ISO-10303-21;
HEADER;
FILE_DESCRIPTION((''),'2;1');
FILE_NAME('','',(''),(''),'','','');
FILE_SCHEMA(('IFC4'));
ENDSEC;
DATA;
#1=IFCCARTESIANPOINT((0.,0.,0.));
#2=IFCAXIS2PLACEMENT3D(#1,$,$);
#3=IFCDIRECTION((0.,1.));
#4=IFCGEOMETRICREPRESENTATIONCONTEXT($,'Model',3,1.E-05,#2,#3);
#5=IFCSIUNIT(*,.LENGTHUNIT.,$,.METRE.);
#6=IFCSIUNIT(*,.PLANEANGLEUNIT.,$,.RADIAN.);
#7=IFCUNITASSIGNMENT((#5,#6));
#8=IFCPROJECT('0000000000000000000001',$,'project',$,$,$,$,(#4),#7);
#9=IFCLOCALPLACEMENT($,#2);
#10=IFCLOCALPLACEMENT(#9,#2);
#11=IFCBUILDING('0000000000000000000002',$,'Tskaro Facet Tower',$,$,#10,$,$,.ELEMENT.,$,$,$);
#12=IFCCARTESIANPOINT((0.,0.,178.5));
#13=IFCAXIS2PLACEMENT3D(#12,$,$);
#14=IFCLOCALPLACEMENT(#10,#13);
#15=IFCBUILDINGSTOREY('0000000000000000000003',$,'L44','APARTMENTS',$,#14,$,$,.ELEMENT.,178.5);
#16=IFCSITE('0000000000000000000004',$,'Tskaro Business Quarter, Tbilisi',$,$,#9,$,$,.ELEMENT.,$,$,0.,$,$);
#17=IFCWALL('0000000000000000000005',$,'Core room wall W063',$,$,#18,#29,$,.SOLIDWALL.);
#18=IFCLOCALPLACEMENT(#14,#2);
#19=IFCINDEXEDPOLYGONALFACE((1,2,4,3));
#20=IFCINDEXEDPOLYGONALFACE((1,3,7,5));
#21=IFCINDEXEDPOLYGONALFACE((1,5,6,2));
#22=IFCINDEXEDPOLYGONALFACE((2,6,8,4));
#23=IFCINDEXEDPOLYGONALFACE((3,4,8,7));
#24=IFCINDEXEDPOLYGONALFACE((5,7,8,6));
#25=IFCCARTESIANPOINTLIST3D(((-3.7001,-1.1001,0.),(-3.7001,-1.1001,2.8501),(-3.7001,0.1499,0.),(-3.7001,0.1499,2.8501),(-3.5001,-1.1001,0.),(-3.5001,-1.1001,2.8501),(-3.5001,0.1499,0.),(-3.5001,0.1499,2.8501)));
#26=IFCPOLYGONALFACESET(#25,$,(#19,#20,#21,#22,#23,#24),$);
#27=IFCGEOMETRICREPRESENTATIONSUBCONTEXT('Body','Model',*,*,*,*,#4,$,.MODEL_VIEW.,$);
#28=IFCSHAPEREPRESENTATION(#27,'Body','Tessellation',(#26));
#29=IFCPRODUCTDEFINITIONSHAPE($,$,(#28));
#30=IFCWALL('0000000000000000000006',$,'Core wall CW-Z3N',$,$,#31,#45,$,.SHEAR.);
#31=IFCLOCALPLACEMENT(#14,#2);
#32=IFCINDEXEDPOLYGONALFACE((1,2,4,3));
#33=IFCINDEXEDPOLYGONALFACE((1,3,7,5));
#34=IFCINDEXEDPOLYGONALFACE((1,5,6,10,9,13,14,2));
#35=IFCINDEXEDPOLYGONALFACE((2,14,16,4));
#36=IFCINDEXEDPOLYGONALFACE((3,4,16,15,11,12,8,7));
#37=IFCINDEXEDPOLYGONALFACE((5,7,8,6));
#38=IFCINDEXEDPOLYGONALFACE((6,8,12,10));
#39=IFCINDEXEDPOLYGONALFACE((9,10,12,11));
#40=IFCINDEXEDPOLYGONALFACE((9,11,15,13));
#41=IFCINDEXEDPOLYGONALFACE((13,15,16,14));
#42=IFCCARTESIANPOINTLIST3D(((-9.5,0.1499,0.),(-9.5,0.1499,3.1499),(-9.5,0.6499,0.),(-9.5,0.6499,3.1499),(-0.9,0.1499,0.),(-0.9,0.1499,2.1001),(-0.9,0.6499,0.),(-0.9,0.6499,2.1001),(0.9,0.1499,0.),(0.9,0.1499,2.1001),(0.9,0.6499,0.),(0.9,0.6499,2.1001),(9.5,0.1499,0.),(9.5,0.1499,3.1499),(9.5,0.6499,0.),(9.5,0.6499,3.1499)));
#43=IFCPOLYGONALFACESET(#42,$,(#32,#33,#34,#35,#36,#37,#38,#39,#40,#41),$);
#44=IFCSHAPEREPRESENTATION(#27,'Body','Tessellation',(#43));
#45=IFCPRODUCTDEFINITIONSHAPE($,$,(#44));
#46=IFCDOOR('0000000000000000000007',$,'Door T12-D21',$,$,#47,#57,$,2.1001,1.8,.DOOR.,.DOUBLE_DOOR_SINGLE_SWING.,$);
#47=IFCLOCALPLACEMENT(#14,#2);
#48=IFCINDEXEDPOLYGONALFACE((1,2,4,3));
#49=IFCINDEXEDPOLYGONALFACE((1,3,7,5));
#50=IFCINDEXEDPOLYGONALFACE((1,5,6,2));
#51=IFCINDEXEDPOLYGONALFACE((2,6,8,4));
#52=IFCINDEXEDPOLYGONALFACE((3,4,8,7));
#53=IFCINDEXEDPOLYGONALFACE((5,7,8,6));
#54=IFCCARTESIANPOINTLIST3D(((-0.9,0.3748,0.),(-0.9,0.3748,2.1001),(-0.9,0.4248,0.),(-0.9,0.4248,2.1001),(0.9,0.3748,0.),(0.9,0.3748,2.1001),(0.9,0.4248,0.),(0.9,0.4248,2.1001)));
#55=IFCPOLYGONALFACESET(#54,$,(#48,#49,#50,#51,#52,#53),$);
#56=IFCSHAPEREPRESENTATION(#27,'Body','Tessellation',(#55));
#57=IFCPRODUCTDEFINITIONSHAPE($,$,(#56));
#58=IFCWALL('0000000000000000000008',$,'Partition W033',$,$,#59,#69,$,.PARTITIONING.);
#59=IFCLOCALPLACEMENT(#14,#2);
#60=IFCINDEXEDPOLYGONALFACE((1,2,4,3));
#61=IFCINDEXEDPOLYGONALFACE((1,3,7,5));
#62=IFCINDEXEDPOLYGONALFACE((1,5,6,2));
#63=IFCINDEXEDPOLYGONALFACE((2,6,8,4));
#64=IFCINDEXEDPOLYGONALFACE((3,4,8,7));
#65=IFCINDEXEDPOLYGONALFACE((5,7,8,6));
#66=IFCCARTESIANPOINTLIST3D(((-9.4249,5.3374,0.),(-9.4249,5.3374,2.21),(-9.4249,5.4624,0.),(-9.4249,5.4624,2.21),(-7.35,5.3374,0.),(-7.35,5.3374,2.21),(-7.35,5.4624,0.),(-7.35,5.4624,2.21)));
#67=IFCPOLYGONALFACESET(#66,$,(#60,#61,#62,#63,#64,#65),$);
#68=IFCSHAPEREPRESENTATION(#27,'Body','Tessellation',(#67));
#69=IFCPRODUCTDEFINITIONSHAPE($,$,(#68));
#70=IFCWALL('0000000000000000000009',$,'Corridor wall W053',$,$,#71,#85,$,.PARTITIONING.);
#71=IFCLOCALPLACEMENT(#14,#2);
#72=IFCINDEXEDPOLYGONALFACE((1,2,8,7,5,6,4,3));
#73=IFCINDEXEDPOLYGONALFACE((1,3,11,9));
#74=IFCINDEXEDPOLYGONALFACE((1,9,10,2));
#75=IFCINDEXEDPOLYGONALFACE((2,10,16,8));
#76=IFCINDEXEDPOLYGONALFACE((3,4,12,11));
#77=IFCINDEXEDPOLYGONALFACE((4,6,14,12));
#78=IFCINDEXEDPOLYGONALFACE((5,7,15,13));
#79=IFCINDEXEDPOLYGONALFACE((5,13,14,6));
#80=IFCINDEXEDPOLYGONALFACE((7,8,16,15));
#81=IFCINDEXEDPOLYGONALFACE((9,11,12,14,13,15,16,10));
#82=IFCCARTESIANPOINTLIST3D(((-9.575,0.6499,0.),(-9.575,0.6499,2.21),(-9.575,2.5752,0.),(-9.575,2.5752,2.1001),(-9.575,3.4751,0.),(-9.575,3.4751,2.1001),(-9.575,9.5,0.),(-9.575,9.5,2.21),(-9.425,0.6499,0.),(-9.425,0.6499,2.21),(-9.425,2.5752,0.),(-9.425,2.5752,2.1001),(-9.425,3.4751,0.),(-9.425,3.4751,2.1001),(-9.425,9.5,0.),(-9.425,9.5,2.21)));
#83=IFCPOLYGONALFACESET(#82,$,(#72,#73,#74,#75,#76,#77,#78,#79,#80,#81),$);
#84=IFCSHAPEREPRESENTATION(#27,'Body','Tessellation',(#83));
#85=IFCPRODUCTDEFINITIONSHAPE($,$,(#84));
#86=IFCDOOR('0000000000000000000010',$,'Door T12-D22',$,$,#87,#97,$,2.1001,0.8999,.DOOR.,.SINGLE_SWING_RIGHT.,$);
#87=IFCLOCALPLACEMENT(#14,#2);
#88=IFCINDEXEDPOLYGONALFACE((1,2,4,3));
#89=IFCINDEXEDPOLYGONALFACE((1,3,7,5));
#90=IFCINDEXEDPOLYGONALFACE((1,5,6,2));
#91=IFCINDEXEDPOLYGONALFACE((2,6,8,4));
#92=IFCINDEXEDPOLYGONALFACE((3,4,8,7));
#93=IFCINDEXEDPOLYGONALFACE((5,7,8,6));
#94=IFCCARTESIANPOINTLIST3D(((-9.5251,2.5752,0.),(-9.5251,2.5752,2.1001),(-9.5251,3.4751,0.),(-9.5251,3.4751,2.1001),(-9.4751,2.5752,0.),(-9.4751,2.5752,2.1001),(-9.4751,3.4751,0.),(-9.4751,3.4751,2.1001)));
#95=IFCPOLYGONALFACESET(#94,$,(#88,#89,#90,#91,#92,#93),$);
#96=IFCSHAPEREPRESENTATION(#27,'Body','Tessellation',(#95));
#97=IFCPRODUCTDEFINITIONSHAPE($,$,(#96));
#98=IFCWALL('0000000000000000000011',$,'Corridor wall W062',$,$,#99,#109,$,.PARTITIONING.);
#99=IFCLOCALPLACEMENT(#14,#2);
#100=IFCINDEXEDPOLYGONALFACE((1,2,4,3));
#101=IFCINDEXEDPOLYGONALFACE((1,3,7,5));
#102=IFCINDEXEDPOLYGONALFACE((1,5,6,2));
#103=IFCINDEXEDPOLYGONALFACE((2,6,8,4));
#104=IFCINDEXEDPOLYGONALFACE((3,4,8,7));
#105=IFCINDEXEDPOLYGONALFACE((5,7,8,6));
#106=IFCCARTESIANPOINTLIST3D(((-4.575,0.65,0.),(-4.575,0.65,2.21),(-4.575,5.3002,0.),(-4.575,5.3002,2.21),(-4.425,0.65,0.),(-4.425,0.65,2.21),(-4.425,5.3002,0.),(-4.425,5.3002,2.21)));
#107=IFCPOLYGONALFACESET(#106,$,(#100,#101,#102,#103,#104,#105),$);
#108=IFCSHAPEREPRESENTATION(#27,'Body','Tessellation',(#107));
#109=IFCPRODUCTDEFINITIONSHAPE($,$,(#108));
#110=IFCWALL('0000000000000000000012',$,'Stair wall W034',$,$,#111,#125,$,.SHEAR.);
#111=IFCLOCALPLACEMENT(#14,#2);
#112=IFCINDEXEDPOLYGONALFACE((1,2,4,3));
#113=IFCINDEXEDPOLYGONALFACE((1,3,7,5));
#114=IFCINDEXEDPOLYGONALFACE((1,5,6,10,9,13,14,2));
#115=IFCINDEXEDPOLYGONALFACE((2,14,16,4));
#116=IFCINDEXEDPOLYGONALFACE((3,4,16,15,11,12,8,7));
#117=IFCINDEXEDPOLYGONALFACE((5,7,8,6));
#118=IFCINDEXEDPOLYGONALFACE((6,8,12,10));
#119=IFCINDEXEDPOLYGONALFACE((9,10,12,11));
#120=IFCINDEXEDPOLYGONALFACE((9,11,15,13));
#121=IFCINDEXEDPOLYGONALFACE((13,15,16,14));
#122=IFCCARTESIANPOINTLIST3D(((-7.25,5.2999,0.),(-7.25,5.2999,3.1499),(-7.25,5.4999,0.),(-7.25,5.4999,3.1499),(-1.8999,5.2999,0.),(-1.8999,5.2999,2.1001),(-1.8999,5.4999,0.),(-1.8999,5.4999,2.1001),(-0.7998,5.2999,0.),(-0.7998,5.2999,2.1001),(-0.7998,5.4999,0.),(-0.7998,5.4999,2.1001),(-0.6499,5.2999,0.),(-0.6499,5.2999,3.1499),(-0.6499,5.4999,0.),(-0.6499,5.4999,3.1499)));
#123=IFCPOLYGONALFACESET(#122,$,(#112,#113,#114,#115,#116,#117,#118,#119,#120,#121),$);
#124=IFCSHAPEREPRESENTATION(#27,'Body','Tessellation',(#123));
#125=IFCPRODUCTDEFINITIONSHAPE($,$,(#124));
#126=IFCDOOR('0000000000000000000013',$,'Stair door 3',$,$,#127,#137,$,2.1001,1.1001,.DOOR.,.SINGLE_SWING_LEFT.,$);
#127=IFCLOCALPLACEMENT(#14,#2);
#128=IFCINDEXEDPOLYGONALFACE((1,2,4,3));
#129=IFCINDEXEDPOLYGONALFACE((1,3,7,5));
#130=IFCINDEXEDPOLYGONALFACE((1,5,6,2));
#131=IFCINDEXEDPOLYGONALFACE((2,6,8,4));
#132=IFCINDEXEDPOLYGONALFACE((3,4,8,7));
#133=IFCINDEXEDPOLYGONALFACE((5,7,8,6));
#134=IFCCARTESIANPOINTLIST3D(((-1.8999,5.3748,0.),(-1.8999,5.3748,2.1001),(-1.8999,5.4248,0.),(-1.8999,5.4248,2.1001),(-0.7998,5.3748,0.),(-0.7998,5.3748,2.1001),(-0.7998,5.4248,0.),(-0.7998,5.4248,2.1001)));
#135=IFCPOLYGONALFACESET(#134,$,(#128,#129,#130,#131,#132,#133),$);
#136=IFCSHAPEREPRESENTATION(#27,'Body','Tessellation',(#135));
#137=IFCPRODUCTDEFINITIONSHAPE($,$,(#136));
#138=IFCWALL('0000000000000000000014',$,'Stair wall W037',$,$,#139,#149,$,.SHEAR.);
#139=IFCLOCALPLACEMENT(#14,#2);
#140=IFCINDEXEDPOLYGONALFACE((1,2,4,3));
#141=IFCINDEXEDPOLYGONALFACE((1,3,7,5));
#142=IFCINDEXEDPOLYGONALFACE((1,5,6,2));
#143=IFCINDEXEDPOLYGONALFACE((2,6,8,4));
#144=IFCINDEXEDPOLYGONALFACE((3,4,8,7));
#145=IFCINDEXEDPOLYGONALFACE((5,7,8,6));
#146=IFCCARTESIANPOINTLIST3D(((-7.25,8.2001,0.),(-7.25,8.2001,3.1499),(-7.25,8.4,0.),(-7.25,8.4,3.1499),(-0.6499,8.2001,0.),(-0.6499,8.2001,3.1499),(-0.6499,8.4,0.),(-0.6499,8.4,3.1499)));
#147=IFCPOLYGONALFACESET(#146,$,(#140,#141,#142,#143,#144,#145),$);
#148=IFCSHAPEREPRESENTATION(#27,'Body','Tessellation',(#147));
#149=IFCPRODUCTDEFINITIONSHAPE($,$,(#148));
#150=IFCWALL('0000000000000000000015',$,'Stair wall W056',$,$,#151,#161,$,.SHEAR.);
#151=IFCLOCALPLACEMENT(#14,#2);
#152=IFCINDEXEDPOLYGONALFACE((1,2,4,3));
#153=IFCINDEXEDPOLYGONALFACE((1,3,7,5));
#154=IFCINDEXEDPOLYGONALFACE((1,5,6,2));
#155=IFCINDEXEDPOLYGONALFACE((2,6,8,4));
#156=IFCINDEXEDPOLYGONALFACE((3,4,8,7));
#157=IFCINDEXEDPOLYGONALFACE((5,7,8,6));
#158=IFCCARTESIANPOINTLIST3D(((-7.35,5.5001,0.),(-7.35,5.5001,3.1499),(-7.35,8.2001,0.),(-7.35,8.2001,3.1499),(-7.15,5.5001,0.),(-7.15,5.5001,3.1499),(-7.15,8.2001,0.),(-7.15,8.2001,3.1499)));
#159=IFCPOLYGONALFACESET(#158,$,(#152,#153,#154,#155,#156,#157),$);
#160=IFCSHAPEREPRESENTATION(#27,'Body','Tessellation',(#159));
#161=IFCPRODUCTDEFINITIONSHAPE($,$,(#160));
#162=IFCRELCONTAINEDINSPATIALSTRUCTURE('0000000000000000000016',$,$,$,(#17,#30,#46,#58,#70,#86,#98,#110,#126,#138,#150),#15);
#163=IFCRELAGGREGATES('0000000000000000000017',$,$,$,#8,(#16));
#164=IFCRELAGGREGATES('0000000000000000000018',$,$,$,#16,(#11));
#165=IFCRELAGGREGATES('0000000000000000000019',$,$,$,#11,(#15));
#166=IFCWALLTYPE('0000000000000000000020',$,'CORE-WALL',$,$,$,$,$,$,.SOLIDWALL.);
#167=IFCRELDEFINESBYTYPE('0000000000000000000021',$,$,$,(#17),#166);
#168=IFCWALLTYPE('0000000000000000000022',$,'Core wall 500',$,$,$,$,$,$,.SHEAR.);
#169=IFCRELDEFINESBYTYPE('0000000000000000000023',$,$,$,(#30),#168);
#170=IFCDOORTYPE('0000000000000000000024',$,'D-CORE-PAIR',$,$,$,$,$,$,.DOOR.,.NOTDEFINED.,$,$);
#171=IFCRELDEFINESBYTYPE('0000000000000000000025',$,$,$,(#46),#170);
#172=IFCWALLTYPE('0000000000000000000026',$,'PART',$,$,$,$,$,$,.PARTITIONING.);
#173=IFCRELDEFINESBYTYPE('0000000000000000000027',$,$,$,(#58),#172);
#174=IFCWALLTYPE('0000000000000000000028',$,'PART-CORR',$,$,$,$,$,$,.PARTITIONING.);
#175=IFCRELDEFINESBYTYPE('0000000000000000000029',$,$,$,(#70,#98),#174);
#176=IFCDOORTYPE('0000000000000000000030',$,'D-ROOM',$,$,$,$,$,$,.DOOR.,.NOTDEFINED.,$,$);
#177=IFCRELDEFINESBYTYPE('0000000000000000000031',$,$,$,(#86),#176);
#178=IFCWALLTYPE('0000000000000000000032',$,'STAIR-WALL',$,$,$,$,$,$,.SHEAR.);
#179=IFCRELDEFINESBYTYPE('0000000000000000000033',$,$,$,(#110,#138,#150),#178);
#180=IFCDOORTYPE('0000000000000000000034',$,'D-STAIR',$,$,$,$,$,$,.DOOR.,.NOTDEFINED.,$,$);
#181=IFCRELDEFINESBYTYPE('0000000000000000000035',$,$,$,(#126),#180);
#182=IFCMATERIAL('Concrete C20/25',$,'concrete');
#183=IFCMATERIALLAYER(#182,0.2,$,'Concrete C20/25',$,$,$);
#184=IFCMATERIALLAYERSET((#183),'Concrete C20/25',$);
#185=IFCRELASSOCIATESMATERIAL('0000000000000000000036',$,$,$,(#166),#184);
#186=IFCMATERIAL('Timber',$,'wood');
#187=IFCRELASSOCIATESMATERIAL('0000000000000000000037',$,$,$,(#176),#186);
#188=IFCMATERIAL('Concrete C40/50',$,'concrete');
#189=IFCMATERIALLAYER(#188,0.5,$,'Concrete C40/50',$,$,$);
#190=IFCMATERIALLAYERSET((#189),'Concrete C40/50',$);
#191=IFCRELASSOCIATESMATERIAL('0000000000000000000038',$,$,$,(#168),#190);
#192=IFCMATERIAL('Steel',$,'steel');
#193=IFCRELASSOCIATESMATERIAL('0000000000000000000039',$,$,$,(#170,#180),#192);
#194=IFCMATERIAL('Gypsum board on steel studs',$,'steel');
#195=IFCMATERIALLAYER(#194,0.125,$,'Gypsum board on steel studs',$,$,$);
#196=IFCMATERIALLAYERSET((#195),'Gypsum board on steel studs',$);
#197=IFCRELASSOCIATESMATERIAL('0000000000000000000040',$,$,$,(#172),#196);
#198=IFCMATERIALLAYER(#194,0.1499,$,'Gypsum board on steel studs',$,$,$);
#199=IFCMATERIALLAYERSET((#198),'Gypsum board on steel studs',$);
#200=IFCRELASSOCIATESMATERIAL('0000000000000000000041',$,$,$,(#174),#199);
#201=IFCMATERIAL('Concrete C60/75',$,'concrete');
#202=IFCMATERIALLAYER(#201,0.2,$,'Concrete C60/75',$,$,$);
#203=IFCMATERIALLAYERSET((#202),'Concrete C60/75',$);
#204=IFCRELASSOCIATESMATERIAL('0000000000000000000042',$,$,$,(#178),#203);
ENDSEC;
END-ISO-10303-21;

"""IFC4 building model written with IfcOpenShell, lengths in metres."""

from ifc_helpers import new_model, si_unit, direction, frame, frame_2d, origin, place, context, subcontext, project, spatial, rectangle, extrude, material, layer, layer_set, type_object, element, fill, save


model = new_model("IFC4")

# Units and contexts
model_context = context("Model", 3, precision=1e-05, world=origin(), true_north=direction((0.0, 1.0)))
body_context = subcontext(model_context, "Body", "Model", "MODEL_VIEW")
ifc_project = project(units=[si_unit("LENGTHUNIT", "METRE"), si_unit("PLANEANGLEUNIT", "RADIAN")], contexts=[model_context])

# Site, building, storey
site_placement = place(None, origin())
site = spatial("IfcSite", under=ifc_project, at=site_placement, Name="Tskaro Business Quarter, Tbilisi", CompositionType="ELEMENT", RefElevation=0.0)
building_placement = place(site_placement, origin())
building = spatial("IfcBuilding", under=site, at=building_placement, Name="Tskaro Facet Tower", CompositionType="ELEMENT")
storey_placement = place(building_placement, frame((0.0, 0.0, 178.5)))
storey = spatial("IfcBuildingStorey", under=building, at=storey_placement, Name="L44", Description="APARTMENTS", CompositionType="ELEMENT", Elevation=178.5)

# Shared definitions
ifc_material_1 = material(Name="Concrete C20/25", Category="concrete")
ifc_layer_1 = layer(ifc_material_1, 0.2, Name="Concrete C20/25")
ifc_layer_set_1 = layer_set([ifc_layer_1], Name="Concrete C20/25")
wall_type_1 = type_object("IfcWallType", Name="CORE-WALL", PredefinedType="SOLIDWALL", material=ifc_layer_set_1)
ifc_material_2 = material(Name="Timber", Category="wood")
door_type_1 = type_object("IfcDoorType", Name="D-ROOM", OperationType="NOTDEFINED", PredefinedType="DOOR", material=ifc_material_2)

# Wall
for number, where, z_axis, x_axis, name in (
    (1, (-3.6001, -1.1001, 0.0), (0.0, 0.0, 1.0), (0.0, 1.0, 0.0), "Core room wall W063"),
):
    element("IfcWall", number, at=place(storey_placement, frame(where, z_axis=z_axis, x_axis=x_axis)), inside=storey, type_object=wall_type_1, Name=name, PredefinedType="SOLIDWALL", context=body_context, shape_type="SweptSolid", body=[
        extrude(rectangle(XDim=1.25, YDim=0.2, at=frame_2d((0.625, 0.0))), origin(), (0.0, 0.0, 1.0), 2.8501),
    ])

# Wall, opening, door
ifc_material_3 = material(Name="Concrete C40/50", Category="concrete")
ifc_layer_2 = layer(ifc_material_3, 0.5, Name="Concrete C40/50")
ifc_layer_set_2 = layer_set([ifc_layer_2], Name="Concrete C40/50")
wall_type_2 = type_object("IfcWallType", Name="Core wall 500", PredefinedType="SHEAR", material=ifc_layer_set_2)
wall_1_placement = place(storey_placement, frame((-9.5, 0.3999, 0.0), z_axis=(0.0, 0.0, 1.0), x_axis=(1.0, 0.0, 0.0)))
wall_1 = element("IfcWall", 2, at=wall_1_placement, inside=storey, type_object=wall_type_2, Name="Core wall CW-Z3N", PredefinedType="SHEAR", context=body_context, shape_type="SweptSolid", body=[
    extrude(rectangle(XDim=19.0, YDim=0.5, at=frame_2d((9.5, 0.0))), origin(), (0.0, 0.0, 1.0), 3.1499),
])
opening_1_placement = place(wall_1_placement, frame((8.6001, 0.0, 0.0)))
opening_1 = element("IfcOpeningElement", 3, at=opening_1_placement, cuts=wall_1, PredefinedType="OPENING", context=body_context, shape_type="SweptSolid", body=[
    extrude(rectangle(XDim=1.8, YDim=2.1001, at=frame_2d((0.8999, 1.05))), frame((0.0, 0.26, 0.0), z_axis=(0.0, -1.0, 0.0), x_axis=(1.0, 0.0, 0.0)), (0.0, 0.0, 1.0), 0.52),
])
ifc_material_4 = material(Name="Steel", Category="steel")
door_type_2 = type_object("IfcDoorType", Name="D-CORE-PAIR", OperationType="NOTDEFINED", PredefinedType="DOOR", material=ifc_material_4)
door_1_placement = place(opening_1_placement, origin())
door_1 = element("IfcDoor", 4, at=door_1_placement, inside=storey, type_object=door_type_2, Name="Door T12-D21", OperationType="DOUBLE_DOOR_SINGLE_SWING", OverallHeight=2.1001, OverallWidth=1.8, PredefinedType="DOOR", context=body_context, shape_type="SweptSolid", body=[
    extrude(rectangle(XDim=1.8, YDim=2.1001, at=frame_2d((0.8999, 1.05))), frame((0.0, 0.0249, 0.0), z_axis=(0.0, -1.0, 0.0), x_axis=(1.0, 0.0, 0.0)), (0.0, 0.0, 1.0), 0.05),
])
fill(opening_1, door_1)

# Wall
ifc_material_5 = material(Name="Gypsum board on steel studs", Category="steel")
ifc_layer_3 = layer(ifc_material_5, 0.125, Name="Gypsum board on steel studs")
ifc_layer_set_3 = layer_set([ifc_layer_3], Name="Gypsum board on steel studs")
wall_type_3 = type_object("IfcWallType", Name="PART", PredefinedType="PARTITIONING", material=ifc_layer_set_3)
wall_2_placement = place(storey_placement, frame((-9.425, 5.3999, 0.0), z_axis=(0.0, 0.0, 1.0), x_axis=(1.0, 0.0, 0.0)))
element("IfcWall", 5, at=wall_2_placement, inside=storey, type_object=wall_type_3, Name="Partition W033", PredefinedType="PARTITIONING", context=body_context, shape_type="SweptSolid", body=[
    extrude(rectangle(XDim=2.075, YDim=0.125, at=frame_2d((1.0376, 0.0))), origin(), (0.0, 0.0, 1.0), 2.21),
])

# Wall, opening, door
ifc_layer_4 = layer(ifc_material_5, 0.1499, Name="Gypsum board on steel studs")
ifc_layer_set_4 = layer_set([ifc_layer_4], Name="Gypsum board on steel studs")
wall_type_4 = type_object("IfcWallType", Name="PART-CORR", PredefinedType="PARTITIONING", material=ifc_layer_set_4)
wall_3_placement = place(storey_placement, frame((-9.5, 9.5, 0.0), z_axis=(0.0, 0.0, 1.0), x_axis=(0.0, -1.0, 0.0)))
wall_3 = element("IfcWall", 6, at=wall_3_placement, inside=storey, type_object=wall_type_4, Name="Corridor wall W053", PredefinedType="PARTITIONING", context=body_context, shape_type="SweptSolid", body=[
    extrude(rectangle(XDim=8.8501, YDim=0.1499, at=frame_2d((4.425, 0.0))), origin(), (0.0, 0.0, 1.0), 2.21),
])
opening_2_placement = place(wall_3_placement, frame((6.0249, 0.0, 0.0)))
opening_2 = element("IfcOpeningElement", 7, at=opening_2_placement, cuts=wall_3, PredefinedType="OPENING", context=body_context, shape_type="SweptSolid", body=[
    extrude(rectangle(XDim=0.8999, YDim=2.1001, at=frame_2d((0.45, 1.05))), frame((0.0, 0.085, 0.0), z_axis=(0.0, -1.0, 0.0), x_axis=(1.0, 0.0, 0.0)), (0.0, 0.0, 1.0), 0.1699),
])
door_2_placement = place(opening_2_placement, origin())
door_2 = element("IfcDoor", 8, at=door_2_placement, inside=storey, type_object=door_type_1, Name="Door T12-D22", OperationType="SINGLE_SWING_RIGHT", OverallHeight=2.1001, OverallWidth=0.8999, PredefinedType="DOOR", context=body_context, shape_type="SweptSolid", body=[
    extrude(rectangle(XDim=0.8999, YDim=2.1001, at=frame_2d((0.45, 1.05))), frame((0.0, 0.0249, 0.0), z_axis=(0.0, -1.0, 0.0), x_axis=(1.0, 0.0, 0.0)), (0.0, 0.0, 1.0), 0.05),
])
fill(opening_2, door_2)

# Wall
wall_4_placement = place(storey_placement, frame((-4.5, 0.6499, 0.0), z_axis=(0.0, 0.0, 1.0), x_axis=(0.0, 1.0, 0.0)))
element("IfcWall", 9, at=wall_4_placement, inside=storey, type_object=wall_type_4, Name="Corridor wall W062", PredefinedType="PARTITIONING", context=body_context, shape_type="SweptSolid", body=[
    extrude(rectangle(XDim=4.6501, YDim=0.1499, at=frame_2d((2.3252, 0.0))), origin(), (0.0, 0.0, 1.0), 2.21),
])

# Wall, opening, door
ifc_material_6 = material(Name="Concrete C60/75", Category="concrete")
ifc_layer_5 = layer(ifc_material_6, 0.2, Name="Concrete C60/75")
ifc_layer_set_5 = layer_set([ifc_layer_5], Name="Concrete C60/75")
wall_type_5 = type_object("IfcWallType", Name="STAIR-WALL", PredefinedType="SHEAR", material=ifc_layer_set_5)
wall_5_placement = place(storey_placement, frame((-7.25, 5.3999, 0.0), z_axis=(0.0, 0.0, 1.0), x_axis=(1.0, 0.0, 0.0)))
wall_5 = element("IfcWall", 10, at=wall_5_placement, inside=storey, type_object=wall_type_5, Name="Stair wall W034", PredefinedType="SHEAR", context=body_context, shape_type="SweptSolid", body=[
    extrude(rectangle(XDim=6.6001, YDim=0.2, at=frame_2d((3.3, 0.0))), origin(), (0.0, 0.0, 1.0), 3.1499),
])
opening_3_placement = place(wall_5_placement, frame((5.3501, 0.0, 0.0)))
opening_3 = element("IfcOpeningElement", 11, at=opening_3_placement, cuts=wall_5, PredefinedType="OPENING", context=body_context, shape_type="SweptSolid", body=[
    extrude(rectangle(XDim=1.1001, YDim=2.1001, at=frame_2d((0.55, 1.05))), frame((0.0, 0.1099, 0.0), z_axis=(0.0, -1.0, 0.0), x_axis=(1.0, 0.0, 0.0)), (0.0, 0.0, 1.0), 0.22),
])
door_type_3 = type_object("IfcDoorType", Name="D-STAIR", OperationType="NOTDEFINED", PredefinedType="DOOR", material=ifc_material_4)
door_3_placement = place(opening_3_placement, origin())
door_3 = element("IfcDoor", 12, at=door_3_placement, inside=storey, type_object=door_type_3, Name="Stair door 3", OperationType="SINGLE_SWING_LEFT", OverallHeight=2.1001, OverallWidth=1.1001, PredefinedType="DOOR", context=body_context, shape_type="SweptSolid", body=[
    extrude(rectangle(XDim=1.1001, YDim=2.1001, at=frame_2d((0.55, 1.05))), frame((0.0, 0.0249, 0.0), z_axis=(0.0, -1.0, 0.0), x_axis=(1.0, 0.0, 0.0)), (0.0, 0.0, 1.0), 0.05),
])
fill(opening_3, door_3)

# Walls
wall_6_placement = place(storey_placement, frame((-7.25, 8.3, 0.0), z_axis=(0.0, 0.0, 1.0), x_axis=(1.0, 0.0, 0.0)))
element("IfcWall", 13, at=wall_6_placement, inside=storey, type_object=wall_type_5, Name="Stair wall W037", PredefinedType="SHEAR", context=body_context, shape_type="SweptSolid", body=[
    extrude(rectangle(XDim=6.6001, YDim=0.2, at=frame_2d((3.3, 0.0))), origin(), (0.0, 0.0, 1.0), 3.1499),
])
wall_7_placement = place(storey_placement, frame((-7.25, 5.5, 0.0), z_axis=(0.0, 0.0, 1.0), x_axis=(0.0, 1.0, 0.0)))
element("IfcWall", 14, at=wall_7_placement, inside=storey, type_object=wall_type_5, Name="Stair wall W056", PredefinedType="SHEAR", context=body_context, shape_type="SweptSolid", body=[
    extrude(rectangle(XDim=2.7, YDim=0.2, at=frame_2d((1.3501, 0.0))), origin(), (0.0, 0.0, 1.0), 3.1499),
])

save(model, "model.ifc")
